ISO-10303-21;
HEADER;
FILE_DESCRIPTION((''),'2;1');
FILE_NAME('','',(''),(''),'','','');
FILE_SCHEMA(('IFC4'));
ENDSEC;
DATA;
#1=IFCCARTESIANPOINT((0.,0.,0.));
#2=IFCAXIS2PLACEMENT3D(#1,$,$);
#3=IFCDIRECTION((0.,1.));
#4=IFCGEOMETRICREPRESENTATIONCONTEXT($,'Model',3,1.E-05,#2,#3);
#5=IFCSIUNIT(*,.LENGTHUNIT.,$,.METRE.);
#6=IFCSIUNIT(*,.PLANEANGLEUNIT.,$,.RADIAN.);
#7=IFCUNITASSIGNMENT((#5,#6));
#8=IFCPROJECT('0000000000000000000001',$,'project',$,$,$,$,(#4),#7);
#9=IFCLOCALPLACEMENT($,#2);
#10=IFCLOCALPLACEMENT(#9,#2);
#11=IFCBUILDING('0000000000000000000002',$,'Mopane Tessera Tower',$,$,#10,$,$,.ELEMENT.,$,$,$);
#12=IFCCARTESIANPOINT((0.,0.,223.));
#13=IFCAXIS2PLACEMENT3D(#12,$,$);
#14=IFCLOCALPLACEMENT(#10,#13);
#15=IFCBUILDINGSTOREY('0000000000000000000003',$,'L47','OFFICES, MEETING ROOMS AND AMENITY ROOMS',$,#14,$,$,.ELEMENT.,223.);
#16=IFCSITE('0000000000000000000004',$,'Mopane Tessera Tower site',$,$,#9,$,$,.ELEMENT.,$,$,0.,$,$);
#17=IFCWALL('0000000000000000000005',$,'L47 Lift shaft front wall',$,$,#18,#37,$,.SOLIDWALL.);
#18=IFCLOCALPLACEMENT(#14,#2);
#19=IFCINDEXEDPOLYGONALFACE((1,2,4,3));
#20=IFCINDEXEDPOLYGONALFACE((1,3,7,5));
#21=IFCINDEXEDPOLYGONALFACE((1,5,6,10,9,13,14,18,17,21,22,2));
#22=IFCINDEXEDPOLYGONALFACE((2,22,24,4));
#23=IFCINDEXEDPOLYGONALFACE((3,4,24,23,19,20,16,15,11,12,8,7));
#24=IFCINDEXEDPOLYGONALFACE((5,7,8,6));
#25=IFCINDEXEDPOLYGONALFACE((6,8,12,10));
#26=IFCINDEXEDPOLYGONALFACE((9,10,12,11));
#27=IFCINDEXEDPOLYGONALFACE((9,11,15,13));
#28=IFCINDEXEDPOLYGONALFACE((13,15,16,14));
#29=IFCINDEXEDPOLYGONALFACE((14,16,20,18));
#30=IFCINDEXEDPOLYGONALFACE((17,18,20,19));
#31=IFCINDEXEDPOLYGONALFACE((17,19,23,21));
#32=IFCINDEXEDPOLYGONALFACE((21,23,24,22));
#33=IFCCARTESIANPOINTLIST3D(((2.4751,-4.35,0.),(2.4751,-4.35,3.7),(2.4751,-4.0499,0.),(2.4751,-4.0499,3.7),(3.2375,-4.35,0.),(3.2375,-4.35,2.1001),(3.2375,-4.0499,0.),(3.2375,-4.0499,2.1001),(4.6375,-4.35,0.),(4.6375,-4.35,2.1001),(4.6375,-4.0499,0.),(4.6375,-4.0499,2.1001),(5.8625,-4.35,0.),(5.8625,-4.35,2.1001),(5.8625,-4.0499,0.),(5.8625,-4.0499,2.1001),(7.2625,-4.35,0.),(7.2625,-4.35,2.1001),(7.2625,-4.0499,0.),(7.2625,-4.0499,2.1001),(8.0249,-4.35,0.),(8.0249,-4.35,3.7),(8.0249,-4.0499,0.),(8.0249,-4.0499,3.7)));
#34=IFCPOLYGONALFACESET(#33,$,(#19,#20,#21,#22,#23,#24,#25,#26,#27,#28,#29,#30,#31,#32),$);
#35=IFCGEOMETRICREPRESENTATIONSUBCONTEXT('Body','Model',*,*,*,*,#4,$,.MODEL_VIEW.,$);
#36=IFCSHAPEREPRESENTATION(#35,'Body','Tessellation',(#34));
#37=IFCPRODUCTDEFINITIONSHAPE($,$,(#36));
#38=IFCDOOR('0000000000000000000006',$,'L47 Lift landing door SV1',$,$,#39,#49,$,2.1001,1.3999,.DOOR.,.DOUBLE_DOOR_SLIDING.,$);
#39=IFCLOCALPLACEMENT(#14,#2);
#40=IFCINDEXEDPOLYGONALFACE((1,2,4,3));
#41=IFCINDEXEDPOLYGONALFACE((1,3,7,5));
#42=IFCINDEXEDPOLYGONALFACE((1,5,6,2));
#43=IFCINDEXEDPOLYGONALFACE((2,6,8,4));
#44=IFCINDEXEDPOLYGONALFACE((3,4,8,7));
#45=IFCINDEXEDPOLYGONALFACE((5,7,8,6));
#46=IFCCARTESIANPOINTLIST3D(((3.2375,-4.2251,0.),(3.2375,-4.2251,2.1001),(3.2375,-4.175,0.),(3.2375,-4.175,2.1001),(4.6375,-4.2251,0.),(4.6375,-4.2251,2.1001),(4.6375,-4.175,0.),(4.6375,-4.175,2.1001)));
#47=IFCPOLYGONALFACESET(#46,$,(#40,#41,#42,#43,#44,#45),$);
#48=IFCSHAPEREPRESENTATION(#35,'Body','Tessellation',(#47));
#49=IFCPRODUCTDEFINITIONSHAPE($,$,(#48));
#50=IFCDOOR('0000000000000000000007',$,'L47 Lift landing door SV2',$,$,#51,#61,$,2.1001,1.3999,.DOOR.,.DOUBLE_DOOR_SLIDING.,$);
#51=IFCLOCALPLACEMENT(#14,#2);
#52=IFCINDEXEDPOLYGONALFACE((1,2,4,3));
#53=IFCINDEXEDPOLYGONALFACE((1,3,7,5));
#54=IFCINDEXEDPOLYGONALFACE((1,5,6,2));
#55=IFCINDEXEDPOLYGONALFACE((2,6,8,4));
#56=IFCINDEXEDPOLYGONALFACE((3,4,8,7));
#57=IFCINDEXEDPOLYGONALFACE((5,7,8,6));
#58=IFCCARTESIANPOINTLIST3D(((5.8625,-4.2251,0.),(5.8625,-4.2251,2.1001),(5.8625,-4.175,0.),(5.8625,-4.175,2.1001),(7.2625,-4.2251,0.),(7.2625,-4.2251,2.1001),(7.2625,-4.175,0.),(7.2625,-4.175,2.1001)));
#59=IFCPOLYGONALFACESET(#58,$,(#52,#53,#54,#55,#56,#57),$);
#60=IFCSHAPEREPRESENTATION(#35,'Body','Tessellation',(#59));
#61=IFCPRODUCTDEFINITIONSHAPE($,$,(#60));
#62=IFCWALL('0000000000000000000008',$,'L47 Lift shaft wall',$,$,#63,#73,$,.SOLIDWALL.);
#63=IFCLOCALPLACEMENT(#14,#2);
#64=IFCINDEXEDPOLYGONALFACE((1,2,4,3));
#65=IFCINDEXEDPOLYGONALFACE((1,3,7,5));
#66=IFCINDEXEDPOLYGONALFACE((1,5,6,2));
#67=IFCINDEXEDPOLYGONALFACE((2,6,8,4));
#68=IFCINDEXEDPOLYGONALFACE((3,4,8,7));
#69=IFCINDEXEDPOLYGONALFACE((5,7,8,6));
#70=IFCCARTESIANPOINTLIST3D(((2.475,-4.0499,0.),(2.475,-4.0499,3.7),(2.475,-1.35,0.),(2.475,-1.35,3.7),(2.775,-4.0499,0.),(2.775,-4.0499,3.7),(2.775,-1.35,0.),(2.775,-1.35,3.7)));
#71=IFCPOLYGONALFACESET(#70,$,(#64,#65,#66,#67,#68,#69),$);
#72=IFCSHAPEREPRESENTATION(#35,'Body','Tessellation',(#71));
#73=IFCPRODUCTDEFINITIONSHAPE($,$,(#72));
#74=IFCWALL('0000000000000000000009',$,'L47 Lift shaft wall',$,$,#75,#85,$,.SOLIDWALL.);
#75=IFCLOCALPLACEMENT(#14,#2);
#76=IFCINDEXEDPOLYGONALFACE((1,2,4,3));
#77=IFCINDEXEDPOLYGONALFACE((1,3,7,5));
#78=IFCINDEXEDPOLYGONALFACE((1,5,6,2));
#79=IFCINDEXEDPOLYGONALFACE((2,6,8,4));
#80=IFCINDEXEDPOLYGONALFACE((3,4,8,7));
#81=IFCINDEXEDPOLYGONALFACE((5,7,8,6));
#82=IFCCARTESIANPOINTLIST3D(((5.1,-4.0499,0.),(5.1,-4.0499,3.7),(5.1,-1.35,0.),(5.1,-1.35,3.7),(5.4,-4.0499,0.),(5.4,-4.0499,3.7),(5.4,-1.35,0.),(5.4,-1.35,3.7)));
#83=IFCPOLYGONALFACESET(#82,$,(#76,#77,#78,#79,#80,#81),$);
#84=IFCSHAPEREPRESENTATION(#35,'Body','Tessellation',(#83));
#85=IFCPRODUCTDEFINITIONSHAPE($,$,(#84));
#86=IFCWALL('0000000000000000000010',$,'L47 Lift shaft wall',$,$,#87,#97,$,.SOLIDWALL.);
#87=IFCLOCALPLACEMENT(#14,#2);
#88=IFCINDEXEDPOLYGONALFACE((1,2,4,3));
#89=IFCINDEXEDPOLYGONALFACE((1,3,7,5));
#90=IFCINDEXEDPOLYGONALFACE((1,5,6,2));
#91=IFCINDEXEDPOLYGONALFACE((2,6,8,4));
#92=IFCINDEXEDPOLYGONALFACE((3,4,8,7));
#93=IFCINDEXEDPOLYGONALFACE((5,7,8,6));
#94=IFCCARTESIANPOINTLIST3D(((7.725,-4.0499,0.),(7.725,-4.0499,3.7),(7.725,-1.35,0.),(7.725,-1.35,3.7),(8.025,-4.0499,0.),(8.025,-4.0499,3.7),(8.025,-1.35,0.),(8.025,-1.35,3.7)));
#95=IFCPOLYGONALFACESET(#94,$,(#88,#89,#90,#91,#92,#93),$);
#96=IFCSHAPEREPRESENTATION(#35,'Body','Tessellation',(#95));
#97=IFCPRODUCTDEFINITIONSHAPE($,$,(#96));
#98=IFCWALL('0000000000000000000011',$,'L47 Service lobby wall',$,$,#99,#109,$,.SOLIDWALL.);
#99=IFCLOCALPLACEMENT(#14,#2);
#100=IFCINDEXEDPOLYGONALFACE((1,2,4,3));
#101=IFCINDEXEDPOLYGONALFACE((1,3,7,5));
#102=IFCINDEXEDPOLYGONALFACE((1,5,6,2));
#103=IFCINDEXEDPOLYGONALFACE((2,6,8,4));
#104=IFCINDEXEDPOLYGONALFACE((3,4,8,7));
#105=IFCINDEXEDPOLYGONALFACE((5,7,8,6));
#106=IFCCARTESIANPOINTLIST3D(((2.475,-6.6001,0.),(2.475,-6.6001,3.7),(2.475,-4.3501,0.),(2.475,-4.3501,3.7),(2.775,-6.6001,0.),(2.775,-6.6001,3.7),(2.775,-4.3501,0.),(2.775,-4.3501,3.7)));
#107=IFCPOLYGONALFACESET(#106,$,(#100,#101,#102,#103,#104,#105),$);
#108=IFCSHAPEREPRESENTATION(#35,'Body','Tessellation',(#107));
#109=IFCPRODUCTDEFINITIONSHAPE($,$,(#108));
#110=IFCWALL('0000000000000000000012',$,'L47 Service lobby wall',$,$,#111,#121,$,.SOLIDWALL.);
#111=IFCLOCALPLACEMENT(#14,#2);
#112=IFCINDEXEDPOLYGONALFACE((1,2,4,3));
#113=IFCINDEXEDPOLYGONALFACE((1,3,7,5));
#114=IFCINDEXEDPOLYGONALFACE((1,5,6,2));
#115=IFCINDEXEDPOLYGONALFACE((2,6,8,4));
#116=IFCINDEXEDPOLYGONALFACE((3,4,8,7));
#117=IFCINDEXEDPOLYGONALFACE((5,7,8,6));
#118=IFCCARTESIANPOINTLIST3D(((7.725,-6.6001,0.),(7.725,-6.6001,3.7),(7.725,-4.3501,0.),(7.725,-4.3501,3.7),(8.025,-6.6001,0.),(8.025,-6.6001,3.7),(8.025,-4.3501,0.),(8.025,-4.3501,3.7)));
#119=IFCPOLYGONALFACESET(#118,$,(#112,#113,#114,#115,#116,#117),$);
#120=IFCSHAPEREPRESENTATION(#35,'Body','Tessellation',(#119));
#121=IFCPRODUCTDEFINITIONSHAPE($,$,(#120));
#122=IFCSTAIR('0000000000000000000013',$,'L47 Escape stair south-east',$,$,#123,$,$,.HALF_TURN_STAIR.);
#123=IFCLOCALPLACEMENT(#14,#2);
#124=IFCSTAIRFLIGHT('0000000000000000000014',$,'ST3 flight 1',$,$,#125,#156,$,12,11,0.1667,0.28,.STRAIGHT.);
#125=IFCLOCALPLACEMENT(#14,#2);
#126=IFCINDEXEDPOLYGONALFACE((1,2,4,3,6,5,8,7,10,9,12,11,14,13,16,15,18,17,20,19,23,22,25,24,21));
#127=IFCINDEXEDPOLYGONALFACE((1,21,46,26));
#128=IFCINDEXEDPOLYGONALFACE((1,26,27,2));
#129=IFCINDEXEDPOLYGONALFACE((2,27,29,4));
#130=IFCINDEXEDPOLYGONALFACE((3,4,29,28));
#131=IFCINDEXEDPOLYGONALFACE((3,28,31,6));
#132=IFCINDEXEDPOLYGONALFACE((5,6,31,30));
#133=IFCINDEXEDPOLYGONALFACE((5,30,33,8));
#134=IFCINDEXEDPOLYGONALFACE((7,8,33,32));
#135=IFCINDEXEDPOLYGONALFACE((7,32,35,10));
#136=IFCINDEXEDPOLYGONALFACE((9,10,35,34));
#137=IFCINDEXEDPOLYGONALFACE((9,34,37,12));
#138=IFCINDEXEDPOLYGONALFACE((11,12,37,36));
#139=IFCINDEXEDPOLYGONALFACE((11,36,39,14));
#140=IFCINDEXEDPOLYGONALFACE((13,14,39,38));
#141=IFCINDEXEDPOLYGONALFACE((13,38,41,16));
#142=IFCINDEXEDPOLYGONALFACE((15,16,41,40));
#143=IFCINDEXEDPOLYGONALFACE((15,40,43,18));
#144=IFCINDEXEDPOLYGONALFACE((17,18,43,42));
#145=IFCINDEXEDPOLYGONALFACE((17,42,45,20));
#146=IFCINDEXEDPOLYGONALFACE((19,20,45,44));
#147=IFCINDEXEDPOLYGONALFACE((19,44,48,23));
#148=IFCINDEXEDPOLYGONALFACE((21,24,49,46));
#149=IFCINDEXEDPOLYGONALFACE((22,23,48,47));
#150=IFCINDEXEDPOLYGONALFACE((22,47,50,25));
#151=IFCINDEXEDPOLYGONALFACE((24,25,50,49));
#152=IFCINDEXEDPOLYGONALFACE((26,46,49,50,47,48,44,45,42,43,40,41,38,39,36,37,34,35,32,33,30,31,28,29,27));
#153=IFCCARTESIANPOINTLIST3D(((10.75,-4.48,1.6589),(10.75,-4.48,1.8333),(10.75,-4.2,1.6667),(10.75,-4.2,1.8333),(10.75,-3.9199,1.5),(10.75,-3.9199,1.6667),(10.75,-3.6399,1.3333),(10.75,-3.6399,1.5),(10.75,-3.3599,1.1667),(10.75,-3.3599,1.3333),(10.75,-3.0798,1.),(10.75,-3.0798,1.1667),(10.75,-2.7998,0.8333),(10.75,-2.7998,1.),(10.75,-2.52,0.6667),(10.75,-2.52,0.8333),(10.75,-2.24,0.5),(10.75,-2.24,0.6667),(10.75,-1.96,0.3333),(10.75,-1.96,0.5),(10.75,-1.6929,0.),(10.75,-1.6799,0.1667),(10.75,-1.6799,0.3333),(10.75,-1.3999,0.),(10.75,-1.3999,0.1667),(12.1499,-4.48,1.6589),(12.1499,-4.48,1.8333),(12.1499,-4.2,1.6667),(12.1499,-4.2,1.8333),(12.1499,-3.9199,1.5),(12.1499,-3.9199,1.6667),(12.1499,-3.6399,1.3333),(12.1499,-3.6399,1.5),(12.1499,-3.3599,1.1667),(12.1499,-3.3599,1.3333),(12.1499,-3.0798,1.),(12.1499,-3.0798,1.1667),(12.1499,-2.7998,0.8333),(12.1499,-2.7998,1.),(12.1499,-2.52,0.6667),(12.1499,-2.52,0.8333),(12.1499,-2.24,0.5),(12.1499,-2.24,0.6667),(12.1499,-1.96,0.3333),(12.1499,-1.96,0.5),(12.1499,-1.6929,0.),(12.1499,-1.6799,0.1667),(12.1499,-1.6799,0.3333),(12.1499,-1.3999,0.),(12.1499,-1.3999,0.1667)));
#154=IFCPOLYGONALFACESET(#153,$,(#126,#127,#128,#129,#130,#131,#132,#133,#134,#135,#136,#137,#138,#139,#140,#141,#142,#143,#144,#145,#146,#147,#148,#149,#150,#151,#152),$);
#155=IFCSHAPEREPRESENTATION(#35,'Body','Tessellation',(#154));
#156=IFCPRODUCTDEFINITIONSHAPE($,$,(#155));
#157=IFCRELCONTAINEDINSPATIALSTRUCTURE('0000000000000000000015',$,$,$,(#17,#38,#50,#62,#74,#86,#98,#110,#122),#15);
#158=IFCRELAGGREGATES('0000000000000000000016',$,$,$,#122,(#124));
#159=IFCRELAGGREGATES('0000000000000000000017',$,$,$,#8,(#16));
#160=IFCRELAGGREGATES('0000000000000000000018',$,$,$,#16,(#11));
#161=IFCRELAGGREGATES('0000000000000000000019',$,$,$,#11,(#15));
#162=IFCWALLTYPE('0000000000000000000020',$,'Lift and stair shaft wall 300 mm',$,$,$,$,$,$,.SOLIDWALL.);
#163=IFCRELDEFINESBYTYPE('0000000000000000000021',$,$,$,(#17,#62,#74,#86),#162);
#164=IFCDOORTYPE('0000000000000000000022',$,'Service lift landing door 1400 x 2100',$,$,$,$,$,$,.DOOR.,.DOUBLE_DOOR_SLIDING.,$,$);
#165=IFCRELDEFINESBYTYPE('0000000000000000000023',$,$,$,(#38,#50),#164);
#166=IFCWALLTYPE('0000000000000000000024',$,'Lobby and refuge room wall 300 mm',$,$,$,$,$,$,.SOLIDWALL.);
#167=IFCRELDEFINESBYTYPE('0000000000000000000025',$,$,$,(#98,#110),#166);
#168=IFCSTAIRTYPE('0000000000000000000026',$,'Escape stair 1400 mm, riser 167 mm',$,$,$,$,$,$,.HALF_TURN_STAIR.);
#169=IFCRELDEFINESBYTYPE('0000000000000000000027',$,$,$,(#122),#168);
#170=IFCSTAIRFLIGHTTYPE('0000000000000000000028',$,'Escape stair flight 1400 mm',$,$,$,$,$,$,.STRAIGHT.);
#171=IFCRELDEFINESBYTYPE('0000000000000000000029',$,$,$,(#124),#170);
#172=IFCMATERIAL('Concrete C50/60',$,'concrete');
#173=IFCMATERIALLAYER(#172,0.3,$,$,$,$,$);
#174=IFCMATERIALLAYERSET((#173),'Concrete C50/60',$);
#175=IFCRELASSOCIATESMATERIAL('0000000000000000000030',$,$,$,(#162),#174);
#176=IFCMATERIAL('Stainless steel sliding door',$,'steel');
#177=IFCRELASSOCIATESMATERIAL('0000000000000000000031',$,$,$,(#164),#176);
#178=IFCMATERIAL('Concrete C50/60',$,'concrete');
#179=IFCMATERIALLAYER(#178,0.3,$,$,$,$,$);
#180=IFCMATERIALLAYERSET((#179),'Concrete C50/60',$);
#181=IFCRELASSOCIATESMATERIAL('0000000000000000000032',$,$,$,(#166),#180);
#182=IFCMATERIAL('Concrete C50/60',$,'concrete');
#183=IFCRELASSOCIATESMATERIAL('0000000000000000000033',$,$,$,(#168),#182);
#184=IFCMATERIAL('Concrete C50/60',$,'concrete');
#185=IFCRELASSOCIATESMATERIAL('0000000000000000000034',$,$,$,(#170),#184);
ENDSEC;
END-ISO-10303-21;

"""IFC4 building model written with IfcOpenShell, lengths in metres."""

from ifc_helpers import new_model, si_unit, direction, frame, frame_2d, origin, place, context, subcontext, project, spatial, polyline, rectangle, outline, extrude, material, layer, layer_set, type_object, element, fill, aggregate, save


model = new_model("IFC4")

# Units and contexts
model_context = context("Model", 3, precision=1e-05, world=origin(), true_north=direction((0.0, 1.0)))
body_context = subcontext(model_context, "Body", "Model", "MODEL_VIEW")
ifc_project = project(units=[si_unit("LENGTHUNIT", "METRE"), si_unit("PLANEANGLEUNIT", "RADIAN")], contexts=[model_context])

# Site, building, storey
site_placement = place(None, origin())
site = spatial("IfcSite", under=ifc_project, at=site_placement, Name="Mopane Tessera Tower site", CompositionType="ELEMENT", RefElevation=0.0)
building_placement = place(site_placement, origin())
building = spatial("IfcBuilding", under=site, at=building_placement, Name="Mopane Tessera Tower", CompositionType="ELEMENT")
storey_placement = place(building_placement, frame((0.0, 0.0, 223.0)))
storey = spatial("IfcBuildingStorey", under=building, at=storey_placement, Name="L47", Description="OFFICES, MEETING ROOMS AND AMENITY ROOMS", CompositionType="ELEMENT", Elevation=223.0)

# Wall, openings, doors
ifc_material_1 = material(Name="Concrete C50/60", Category="concrete")
ifc_layer_1 = layer(ifc_material_1, 0.3)
ifc_layer_set_1 = layer_set([ifc_layer_1], Name="Concrete C50/60")
wall_type_1 = type_object("IfcWallType", Name="Lift and stair shaft wall 300 mm", PredefinedType="SOLIDWALL", material=ifc_layer_set_1)
wall_1_placement = place(storey_placement, frame((2.4751, -4.2, 0.0), z_axis=(0.0, 0.0, 1.0), x_axis=(1.0, 0.0, 0.0)))
wall_1 = element("IfcWall", 1, at=wall_1_placement, inside=storey, type_object=wall_type_1, Name="L47 Lift shaft front wall", PredefinedType="SOLIDWALL", context=body_context, shape_type="SweptSolid", body=[
    extrude(rectangle(XDim=5.5498, YDim=0.3, at=frame_2d((2.7749, 0.0))), origin(), (0.0, 0.0, 1.0), 3.7),
])
opening_1_placement = place(wall_1_placement, frame((0.7625, 0.0, 0.0)))
opening_1 = element("IfcOpeningElement", 2, at=opening_1_placement, cuts=wall_1, PredefinedType="OPENING", context=body_context, shape_type="SweptSolid", body=[
    extrude(rectangle(XDim=1.3999, YDim=2.1001, at=frame_2d((0.7, 1.05))), frame((0.0, 0.1621, 0.0), z_axis=(0.0, -1.0, 0.0), x_axis=(1.0, 0.0, 0.0)), (0.0, 0.0, 1.0), 0.324),
])
opening_2_placement = place(wall_1_placement, frame((3.3875, 0.0, 0.0)))
opening_2 = element("IfcOpeningElement", 3, at=opening_2_placement, cuts=wall_1, PredefinedType="OPENING", context=body_context, shape_type="SweptSolid", body=[
    extrude(rectangle(XDim=1.3999, YDim=2.1001, at=frame_2d((0.7, 1.05))), frame((0.0, 0.1621, 0.0), z_axis=(0.0, -1.0, 0.0), x_axis=(1.0, 0.0, 0.0)), (0.0, 0.0, 1.0), 0.324),
])
ifc_material_2 = material(Name="Stainless steel sliding door", Category="steel")
door_type = type_object("IfcDoorType", Name="Service lift landing door 1400 x 2100", OperationType="DOUBLE_DOOR_SLIDING", PredefinedType="DOOR", material=ifc_material_2)
door_1_placement = place(opening_1_placement, origin())
door_1 = element("IfcDoor", 4, at=door_1_placement, inside=storey, type_object=door_type, Name="L47 Lift landing door SV1", OperationType="DOUBLE_DOOR_SLIDING", OverallHeight=2.1001, OverallWidth=1.3999, PredefinedType="DOOR", context=body_context, shape_type="SweptSolid", body=[
    extrude(rectangle(XDim=1.3999, YDim=2.1001, at=frame_2d((0.7, 1.05))), frame((0.0, 0.0249, 0.0), z_axis=(0.0, -1.0, 0.0), x_axis=(1.0, 0.0, 0.0)), (0.0, 0.0, 1.0), 0.05),
])
fill(opening_1, door_1)
door_2_placement = place(opening_2_placement, origin())
door_2 = element("IfcDoor", 5, at=door_2_placement, inside=storey, type_object=door_type, Name="L47 Lift landing door SV2", OperationType="DOUBLE_DOOR_SLIDING", OverallHeight=2.1001, OverallWidth=1.3999, PredefinedType="DOOR", context=body_context, shape_type="SweptSolid", body=[
    extrude(rectangle(XDim=1.3999, YDim=2.1001, at=frame_2d((0.7, 1.05))), frame((0.0, 0.0249, 0.0), z_axis=(0.0, -1.0, 0.0), x_axis=(1.0, 0.0, 0.0)), (0.0, 0.0, 1.0), 0.05),
])
fill(opening_2, door_2)

# Walls
for number, where, z_axis, x_axis, name in (
    (6, (2.625, -4.05, 0.0), (0.0, 0.0, 1.0), (0.0, 1.0, 0.0), "L47 Lift shaft wall"),
    (7, (5.25, -4.05, 0.0), (0.0, 0.0, 1.0), (0.0, 1.0, 0.0), "L47 Lift shaft wall"),
    (8, (7.875, -4.05, 0.0), (0.0, 0.0, 1.0), (0.0, 1.0, 0.0), "L47 Lift shaft wall"),
):
    element("IfcWall", number, at=place(storey_placement, frame(where, z_axis=z_axis, x_axis=x_axis)), inside=storey, type_object=wall_type_1, Name=name, PredefinedType="SOLIDWALL", context=body_context, shape_type="SweptSolid", body=[
        extrude(rectangle(XDim=2.7, YDim=0.3, at=frame_2d((1.3501, 0.0))), origin(), (0.0, 0.0, 1.0), 3.7),
    ])
ifc_material_3 = material(Name="Concrete C50/60", Category="concrete")
ifc_layer_2 = layer(ifc_material_3, 0.3)
ifc_layer_set_2 = layer_set([ifc_layer_2], Name="Concrete C50/60")
wall_type_2 = type_object("IfcWallType", Name="Lobby and refuge room wall 300 mm", PredefinedType="SOLIDWALL", material=ifc_layer_set_2)
for number, where, z_axis, x_axis, name in (
    (9, (2.625, -6.6001, 0.0), (0.0, 0.0, 1.0), (0.0, 1.0, 0.0), "L47 Service lobby wall"),
    (10, (7.875, -6.6001, 0.0), (0.0, 0.0, 1.0), (0.0, 1.0, 0.0), "L47 Service lobby wall"),
):
    element("IfcWall", number, at=place(storey_placement, frame(where, z_axis=z_axis, x_axis=x_axis)), inside=storey, type_object=wall_type_2, Name=name, PredefinedType="SOLIDWALL", context=body_context, shape_type="SweptSolid", body=[
        extrude(rectangle(XDim=2.25, YDim=0.3, at=frame_2d((1.125, 0.0))), origin(), (0.0, 0.0, 1.0), 3.7),
    ])

# Stair, stair flight
ifc_material_4 = material(Name="Concrete C50/60", Category="concrete")
stair_type = type_object("IfcStairType", Name="Escape stair 1400 mm, riser 167 mm", PredefinedType="HALF_TURN_STAIR", material=ifc_material_4)
stair_placement = place(storey_placement, origin())
stair = element("IfcStair", 11, at=stair_placement, inside=storey, type_object=stair_type, Name="L47 Escape stair south-east", PredefinedType="HALF_TURN_STAIR")
ifc_material_5 = material(Name="Concrete C50/60", Category="concrete")
stair_flight_type = type_object("IfcStairFlightType", Name="Escape stair flight 1400 mm", PredefinedType="STRAIGHT", material=ifc_material_5)
stair_flight_1_placement = place(storey_placement, frame((11.45, -1.3999, 0.0), z_axis=(0.0, 0.0, 1.0), x_axis=(0.0, -1.0, 0.0)))
stair_flight_1 = element("IfcStairFlight", 12, at=stair_flight_1_placement, type_object=stair_flight_type, Name="ST3 flight 1", NumberOfRisers=12, NumberOfTreads=11, PredefinedType="STRAIGHT", RiserHeight=0.1667, TreadLength=0.28, context=body_context, shape_type="SweptSolid", body=[
    extrude(outline(polyline([(0.0, 0.0), (0.0, 0.1667), (0.28, 0.1667), (0.28, 0.3333), (0.5601, 0.3333), (0.5601, 0.5), (0.8401, 0.5), (0.8401, 0.6667), (1.1201, 0.6667), (1.1201, 0.8333), (1.3999, 0.8333), (1.3999, 1.0), (1.6799, 1.0), (1.6799, 1.1667), (1.96, 1.1667), (1.96, 1.3333), (2.24, 1.3333), (2.24, 1.5), (2.52, 1.5), (2.52, 1.6667), (2.8, 1.6667), (2.8, 1.8333), (3.0801, 1.8333), (3.0801, 2.0), (3.0801, 1.6589), (0.293, 0.0), (0.0, 0.0)])), frame((0.0, 0.7, 0.0), z_axis=(0.0, -1.0, 0.0), x_axis=(1.0, 0.0, 0.0)), (0.0, 0.0, 1.0), 1.3999),
])
aggregate(stair, [stair_flight_1])

save(model, "model.ifc")
